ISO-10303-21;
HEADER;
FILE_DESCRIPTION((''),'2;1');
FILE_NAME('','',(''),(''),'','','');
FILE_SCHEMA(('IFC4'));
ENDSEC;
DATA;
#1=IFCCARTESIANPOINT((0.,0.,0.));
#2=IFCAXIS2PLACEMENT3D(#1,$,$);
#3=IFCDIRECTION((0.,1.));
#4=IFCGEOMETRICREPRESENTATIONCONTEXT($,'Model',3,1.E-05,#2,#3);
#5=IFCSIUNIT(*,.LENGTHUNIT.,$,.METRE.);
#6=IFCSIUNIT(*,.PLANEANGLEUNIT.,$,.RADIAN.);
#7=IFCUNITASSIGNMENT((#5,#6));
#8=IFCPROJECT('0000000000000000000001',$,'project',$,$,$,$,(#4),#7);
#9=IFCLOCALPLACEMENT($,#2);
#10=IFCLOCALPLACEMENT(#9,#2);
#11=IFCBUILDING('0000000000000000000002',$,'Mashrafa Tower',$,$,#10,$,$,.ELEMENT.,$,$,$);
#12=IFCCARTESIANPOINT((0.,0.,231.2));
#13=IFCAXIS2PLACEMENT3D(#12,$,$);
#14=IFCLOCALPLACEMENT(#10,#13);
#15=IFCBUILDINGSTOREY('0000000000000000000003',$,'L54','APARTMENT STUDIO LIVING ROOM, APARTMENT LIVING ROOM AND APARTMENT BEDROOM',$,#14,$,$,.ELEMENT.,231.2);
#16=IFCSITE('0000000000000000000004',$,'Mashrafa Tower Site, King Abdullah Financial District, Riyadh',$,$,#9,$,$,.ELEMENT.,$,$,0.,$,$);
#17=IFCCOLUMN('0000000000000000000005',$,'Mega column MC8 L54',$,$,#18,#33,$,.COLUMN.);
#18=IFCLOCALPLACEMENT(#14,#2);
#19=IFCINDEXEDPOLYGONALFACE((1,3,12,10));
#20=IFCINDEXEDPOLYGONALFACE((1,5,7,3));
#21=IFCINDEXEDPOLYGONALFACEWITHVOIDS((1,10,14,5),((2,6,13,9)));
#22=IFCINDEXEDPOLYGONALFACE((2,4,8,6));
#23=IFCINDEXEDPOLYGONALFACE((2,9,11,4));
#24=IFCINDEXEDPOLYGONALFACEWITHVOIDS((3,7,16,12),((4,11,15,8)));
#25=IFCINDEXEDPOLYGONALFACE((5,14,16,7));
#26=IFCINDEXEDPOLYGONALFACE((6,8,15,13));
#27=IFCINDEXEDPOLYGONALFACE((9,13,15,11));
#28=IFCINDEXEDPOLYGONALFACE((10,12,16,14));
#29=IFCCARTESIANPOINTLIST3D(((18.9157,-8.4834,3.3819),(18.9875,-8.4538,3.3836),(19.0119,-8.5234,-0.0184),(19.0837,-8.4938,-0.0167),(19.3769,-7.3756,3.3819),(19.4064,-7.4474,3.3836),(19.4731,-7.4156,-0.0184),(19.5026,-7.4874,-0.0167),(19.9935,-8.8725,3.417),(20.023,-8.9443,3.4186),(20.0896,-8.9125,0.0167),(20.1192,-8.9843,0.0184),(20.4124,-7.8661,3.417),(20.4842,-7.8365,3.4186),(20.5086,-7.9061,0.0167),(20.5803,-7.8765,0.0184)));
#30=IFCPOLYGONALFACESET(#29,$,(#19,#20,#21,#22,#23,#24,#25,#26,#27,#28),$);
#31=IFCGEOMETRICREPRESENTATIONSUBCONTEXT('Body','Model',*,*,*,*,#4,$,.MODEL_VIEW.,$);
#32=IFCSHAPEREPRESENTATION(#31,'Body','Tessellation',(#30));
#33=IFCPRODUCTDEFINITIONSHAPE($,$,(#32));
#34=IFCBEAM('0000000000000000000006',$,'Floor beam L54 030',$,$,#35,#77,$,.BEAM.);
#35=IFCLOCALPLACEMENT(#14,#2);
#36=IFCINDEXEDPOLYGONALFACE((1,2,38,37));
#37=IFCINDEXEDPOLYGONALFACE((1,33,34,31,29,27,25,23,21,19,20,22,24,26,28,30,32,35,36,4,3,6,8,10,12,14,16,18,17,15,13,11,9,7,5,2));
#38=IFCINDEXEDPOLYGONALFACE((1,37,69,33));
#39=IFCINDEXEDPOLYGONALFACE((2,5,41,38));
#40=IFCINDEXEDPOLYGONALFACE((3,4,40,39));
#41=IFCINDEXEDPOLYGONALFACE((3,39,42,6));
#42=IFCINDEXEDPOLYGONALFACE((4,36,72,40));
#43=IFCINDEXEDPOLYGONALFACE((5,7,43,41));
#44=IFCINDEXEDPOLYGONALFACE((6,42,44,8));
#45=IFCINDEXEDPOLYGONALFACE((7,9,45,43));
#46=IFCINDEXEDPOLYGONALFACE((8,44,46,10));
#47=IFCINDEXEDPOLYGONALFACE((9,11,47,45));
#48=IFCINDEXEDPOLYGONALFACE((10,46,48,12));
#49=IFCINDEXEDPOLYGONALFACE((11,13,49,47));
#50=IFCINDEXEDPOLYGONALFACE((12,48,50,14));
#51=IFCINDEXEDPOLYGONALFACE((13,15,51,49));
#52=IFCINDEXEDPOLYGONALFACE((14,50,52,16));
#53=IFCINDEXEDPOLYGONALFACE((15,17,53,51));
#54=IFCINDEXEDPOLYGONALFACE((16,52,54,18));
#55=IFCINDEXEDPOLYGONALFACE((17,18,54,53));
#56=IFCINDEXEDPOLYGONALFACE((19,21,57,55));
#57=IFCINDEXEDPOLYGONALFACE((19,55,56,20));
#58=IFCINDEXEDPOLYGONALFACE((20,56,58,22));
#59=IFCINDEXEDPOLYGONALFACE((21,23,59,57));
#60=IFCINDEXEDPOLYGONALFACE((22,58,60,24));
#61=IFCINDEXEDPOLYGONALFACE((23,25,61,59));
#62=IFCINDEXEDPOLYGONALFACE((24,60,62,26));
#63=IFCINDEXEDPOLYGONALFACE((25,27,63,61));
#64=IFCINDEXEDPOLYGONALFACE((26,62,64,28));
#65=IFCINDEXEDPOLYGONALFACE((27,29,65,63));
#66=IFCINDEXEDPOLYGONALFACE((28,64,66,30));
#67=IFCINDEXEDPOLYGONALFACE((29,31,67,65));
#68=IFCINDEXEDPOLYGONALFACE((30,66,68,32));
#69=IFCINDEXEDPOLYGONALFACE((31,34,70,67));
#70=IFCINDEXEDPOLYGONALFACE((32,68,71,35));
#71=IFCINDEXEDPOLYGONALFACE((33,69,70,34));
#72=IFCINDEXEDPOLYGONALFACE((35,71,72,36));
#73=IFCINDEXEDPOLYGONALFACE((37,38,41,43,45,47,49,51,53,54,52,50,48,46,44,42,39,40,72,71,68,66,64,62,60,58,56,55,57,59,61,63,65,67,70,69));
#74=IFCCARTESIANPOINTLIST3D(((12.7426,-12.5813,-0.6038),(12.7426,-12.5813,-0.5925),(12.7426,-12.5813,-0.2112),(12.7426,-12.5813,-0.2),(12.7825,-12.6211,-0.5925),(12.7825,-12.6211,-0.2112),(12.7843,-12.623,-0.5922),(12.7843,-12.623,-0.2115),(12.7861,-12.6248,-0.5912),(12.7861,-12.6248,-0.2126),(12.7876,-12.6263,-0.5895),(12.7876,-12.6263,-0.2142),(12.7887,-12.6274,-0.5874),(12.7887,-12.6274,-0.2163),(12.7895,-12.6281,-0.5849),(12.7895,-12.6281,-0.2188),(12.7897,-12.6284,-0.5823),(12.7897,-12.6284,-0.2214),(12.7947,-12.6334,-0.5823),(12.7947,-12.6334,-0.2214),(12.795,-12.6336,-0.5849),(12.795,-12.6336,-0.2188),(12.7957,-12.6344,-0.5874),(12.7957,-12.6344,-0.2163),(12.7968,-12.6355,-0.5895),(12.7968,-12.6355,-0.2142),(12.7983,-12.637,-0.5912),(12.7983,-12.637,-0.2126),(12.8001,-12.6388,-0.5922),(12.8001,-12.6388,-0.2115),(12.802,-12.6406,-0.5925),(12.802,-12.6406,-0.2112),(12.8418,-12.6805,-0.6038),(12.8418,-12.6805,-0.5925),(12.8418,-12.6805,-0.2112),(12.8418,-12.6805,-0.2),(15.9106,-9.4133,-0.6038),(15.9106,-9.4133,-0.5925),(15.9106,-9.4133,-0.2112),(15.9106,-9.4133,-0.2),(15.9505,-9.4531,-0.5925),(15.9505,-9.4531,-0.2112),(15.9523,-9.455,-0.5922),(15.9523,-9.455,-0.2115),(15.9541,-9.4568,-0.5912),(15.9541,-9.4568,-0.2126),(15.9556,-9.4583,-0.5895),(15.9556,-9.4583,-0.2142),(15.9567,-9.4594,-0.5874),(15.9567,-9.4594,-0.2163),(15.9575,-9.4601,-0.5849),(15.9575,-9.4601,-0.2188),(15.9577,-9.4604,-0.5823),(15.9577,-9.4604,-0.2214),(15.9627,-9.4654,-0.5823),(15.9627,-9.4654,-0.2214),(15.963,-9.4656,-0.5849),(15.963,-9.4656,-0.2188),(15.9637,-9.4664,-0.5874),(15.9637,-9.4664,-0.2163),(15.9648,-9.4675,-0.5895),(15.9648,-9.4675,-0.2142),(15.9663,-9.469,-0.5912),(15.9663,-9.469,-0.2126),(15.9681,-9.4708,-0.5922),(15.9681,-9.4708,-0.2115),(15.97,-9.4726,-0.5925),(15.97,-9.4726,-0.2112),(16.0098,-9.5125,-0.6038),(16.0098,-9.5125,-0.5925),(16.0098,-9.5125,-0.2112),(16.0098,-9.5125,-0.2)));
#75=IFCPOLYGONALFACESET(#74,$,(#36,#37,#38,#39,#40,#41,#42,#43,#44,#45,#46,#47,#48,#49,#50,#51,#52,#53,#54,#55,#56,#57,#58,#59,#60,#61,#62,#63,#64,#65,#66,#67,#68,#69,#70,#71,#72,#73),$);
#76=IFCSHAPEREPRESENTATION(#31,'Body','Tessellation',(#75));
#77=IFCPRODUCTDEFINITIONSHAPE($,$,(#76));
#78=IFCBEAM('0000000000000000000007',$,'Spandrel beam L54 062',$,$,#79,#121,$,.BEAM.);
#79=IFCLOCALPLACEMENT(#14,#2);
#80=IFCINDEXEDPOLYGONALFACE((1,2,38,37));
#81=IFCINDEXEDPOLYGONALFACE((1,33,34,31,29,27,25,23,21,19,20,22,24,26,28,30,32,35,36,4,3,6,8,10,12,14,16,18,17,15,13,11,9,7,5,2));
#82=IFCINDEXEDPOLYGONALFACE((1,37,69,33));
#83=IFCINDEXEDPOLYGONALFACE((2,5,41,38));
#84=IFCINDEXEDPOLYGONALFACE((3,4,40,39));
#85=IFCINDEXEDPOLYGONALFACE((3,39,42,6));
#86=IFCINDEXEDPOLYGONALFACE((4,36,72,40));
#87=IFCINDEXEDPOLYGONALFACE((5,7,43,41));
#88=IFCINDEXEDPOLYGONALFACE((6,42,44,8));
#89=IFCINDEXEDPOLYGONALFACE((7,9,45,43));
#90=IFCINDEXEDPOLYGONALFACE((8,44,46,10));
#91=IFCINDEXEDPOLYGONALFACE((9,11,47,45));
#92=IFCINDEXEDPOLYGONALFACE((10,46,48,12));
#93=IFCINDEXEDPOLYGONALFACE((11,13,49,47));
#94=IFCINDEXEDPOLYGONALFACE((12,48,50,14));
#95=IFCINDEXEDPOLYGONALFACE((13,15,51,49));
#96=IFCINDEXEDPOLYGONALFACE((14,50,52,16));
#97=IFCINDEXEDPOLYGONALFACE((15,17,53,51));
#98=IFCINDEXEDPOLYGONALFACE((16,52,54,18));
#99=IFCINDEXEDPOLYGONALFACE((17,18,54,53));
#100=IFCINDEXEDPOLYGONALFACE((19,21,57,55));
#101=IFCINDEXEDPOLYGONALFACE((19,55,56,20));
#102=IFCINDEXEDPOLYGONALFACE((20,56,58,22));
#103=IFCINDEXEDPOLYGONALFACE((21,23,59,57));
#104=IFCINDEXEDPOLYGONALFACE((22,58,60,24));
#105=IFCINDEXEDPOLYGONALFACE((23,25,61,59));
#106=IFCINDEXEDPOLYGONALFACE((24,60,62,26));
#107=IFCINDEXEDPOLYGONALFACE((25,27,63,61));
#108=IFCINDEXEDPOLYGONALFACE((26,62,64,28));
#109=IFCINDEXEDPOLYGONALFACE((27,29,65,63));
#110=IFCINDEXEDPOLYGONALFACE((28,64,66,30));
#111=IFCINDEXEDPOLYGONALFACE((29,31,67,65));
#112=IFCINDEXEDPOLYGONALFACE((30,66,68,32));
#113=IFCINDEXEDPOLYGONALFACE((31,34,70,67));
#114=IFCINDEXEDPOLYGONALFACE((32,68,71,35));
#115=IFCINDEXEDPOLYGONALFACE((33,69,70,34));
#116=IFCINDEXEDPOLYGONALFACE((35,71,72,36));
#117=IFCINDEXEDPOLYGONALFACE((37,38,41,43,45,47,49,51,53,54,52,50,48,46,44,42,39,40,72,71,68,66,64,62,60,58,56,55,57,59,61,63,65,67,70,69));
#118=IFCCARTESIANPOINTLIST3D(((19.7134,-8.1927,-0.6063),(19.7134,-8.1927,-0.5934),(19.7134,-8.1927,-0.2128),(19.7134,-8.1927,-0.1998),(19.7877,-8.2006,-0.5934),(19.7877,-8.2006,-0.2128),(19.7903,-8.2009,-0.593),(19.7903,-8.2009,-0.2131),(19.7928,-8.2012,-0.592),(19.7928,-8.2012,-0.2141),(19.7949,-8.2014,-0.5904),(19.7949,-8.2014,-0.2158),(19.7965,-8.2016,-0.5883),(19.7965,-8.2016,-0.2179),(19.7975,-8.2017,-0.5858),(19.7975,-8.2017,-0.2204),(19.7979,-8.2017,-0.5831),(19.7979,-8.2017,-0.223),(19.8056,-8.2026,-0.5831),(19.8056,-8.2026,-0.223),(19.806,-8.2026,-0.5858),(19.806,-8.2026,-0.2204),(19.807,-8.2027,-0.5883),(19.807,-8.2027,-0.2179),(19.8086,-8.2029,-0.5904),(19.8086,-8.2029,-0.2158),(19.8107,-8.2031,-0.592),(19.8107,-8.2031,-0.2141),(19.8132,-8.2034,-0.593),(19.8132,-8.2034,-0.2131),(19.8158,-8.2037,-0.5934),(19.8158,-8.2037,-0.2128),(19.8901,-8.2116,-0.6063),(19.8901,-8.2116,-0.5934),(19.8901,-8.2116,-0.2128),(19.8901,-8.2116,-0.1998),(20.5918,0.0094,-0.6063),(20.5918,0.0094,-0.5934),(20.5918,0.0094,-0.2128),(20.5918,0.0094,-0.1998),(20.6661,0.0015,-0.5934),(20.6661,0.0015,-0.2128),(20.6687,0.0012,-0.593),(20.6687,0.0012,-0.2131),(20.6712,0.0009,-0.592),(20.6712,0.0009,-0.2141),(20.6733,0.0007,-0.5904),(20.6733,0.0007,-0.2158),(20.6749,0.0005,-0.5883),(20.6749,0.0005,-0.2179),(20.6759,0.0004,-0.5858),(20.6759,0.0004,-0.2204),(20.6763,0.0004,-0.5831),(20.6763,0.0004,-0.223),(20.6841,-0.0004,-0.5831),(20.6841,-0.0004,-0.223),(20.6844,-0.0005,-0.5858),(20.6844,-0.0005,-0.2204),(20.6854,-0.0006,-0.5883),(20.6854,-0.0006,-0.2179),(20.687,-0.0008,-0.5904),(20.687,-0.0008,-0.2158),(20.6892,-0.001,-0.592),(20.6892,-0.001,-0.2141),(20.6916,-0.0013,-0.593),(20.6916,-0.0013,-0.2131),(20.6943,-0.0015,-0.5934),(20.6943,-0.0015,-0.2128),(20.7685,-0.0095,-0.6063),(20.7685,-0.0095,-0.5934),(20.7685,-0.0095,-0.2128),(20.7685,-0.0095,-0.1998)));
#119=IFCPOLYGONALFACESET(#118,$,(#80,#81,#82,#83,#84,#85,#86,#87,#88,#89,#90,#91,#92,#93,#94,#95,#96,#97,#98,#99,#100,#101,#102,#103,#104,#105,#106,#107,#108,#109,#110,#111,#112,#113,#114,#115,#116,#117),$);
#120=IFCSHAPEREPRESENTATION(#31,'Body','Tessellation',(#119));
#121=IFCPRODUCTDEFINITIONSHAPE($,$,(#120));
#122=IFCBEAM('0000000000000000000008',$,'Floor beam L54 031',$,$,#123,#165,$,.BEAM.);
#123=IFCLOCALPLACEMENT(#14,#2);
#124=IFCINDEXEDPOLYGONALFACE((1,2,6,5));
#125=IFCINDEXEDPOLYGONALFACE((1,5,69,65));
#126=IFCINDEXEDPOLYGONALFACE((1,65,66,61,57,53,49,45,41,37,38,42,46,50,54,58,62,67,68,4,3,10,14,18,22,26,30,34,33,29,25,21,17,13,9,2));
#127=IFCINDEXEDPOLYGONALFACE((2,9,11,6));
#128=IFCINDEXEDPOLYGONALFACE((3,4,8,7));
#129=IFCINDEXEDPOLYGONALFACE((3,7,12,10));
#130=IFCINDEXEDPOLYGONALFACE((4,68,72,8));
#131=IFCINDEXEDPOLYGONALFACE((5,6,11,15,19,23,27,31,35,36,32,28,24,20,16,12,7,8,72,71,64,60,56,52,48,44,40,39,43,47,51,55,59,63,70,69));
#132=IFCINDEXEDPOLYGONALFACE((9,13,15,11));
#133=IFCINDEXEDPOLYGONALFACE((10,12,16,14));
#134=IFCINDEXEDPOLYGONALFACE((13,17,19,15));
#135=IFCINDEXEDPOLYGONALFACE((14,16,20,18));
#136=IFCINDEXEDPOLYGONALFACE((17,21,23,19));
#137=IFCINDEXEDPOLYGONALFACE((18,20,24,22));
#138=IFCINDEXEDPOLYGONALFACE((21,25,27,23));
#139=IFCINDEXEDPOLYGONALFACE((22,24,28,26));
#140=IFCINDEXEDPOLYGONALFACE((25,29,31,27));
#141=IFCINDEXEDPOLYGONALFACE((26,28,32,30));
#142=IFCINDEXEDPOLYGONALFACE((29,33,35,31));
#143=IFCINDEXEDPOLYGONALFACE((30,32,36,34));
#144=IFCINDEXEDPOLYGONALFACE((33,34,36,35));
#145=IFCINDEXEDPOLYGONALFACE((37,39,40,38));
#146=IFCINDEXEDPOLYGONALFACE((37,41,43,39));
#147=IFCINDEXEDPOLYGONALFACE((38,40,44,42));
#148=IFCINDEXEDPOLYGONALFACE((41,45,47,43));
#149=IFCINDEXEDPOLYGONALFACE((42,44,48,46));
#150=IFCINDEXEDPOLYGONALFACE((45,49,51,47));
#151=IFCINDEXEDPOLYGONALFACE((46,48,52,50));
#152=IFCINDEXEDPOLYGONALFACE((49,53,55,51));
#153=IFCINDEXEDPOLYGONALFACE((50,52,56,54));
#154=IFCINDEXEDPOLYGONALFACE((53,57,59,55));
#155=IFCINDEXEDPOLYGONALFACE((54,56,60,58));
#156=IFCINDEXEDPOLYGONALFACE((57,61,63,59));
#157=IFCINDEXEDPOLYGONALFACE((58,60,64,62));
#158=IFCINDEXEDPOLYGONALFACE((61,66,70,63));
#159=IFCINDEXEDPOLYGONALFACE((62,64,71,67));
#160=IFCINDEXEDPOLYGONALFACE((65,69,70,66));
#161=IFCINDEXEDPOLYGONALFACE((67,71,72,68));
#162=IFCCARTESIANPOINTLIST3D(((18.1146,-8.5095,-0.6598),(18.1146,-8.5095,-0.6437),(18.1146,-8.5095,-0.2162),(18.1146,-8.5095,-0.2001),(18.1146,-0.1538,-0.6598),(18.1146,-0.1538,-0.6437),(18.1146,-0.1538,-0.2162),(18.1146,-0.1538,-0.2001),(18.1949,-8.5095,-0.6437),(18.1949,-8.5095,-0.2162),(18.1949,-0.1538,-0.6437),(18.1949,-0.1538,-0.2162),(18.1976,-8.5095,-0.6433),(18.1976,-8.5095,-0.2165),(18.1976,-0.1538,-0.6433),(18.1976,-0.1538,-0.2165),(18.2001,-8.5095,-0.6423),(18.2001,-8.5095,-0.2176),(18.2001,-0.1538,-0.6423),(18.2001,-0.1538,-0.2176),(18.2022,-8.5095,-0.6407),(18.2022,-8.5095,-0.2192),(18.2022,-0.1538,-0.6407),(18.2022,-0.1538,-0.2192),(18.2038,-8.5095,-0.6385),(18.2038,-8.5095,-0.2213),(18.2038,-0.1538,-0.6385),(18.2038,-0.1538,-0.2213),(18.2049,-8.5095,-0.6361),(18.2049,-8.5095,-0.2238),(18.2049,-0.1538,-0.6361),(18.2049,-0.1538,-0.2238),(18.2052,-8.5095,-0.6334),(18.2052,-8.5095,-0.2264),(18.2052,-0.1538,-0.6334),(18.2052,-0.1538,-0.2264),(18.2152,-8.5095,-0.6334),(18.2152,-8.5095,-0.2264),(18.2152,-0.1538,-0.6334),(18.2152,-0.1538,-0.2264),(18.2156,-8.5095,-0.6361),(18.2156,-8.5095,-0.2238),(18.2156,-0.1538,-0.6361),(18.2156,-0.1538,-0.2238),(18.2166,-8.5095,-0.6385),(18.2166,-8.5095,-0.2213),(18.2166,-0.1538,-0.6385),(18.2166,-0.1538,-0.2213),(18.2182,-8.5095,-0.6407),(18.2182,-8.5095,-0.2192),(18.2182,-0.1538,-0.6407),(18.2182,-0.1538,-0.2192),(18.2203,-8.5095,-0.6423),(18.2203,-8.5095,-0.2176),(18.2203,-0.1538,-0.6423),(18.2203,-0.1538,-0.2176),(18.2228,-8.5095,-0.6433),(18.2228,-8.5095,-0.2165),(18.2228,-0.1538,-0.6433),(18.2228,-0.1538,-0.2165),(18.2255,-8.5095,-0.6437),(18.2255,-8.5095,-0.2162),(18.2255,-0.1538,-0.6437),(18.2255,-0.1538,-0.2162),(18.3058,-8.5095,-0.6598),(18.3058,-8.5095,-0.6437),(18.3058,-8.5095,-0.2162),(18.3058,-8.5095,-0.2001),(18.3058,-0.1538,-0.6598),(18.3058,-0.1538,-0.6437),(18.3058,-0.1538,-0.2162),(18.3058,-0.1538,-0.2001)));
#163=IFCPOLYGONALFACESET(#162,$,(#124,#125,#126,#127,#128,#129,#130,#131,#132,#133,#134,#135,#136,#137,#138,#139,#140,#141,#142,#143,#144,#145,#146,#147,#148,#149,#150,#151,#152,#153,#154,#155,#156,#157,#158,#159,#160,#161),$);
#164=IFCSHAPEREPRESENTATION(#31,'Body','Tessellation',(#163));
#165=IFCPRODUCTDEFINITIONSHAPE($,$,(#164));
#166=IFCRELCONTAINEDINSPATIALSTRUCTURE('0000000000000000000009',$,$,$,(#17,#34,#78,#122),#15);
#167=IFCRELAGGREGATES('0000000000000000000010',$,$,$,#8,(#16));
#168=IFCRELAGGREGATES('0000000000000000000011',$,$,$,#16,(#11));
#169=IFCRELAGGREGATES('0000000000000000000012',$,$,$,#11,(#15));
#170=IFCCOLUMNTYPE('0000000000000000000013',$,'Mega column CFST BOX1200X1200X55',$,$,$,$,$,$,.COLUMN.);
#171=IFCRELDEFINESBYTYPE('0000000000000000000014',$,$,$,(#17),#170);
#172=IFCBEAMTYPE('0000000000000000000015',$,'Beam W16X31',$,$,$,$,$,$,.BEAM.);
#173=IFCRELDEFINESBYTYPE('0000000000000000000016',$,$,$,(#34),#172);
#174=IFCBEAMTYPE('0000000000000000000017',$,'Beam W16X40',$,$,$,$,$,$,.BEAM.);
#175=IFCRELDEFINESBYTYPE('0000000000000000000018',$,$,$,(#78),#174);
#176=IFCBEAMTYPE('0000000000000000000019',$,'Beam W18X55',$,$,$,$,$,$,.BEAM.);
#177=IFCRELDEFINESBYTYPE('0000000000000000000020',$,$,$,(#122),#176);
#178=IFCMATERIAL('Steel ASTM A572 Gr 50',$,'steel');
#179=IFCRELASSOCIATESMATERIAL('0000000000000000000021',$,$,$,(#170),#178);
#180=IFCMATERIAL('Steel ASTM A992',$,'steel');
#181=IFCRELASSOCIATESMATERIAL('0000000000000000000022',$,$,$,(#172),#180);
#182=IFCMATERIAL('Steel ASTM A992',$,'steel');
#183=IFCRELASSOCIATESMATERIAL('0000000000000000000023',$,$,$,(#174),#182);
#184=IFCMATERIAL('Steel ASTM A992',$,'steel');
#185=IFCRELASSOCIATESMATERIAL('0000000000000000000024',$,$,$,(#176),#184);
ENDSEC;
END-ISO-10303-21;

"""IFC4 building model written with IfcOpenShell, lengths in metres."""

from ifc_helpers import new_model, si_unit, direction, frame, origin, origin_2d, place, context, subcontext, project, spatial, hollow_rectangle, i_section, extrude, material, material_profile, profile_set, type_object, element, save


model = new_model("IFC4")

# Units and contexts
model_context = context("Model", 3, precision=1e-05, world=origin(), true_north=direction((0.0, 1.0)))
body_context = subcontext(model_context, "Body", "Model", "MODEL_VIEW")
ifc_project = project(units=[si_unit("LENGTHUNIT", "METRE"), si_unit("PLANEANGLEUNIT", "RADIAN")], contexts=[model_context])

# Site, building, storey
site_placement = place(None, origin())
site = spatial("IfcSite", under=ifc_project, at=site_placement, Name="Mashrafa Tower Site, King Abdullah Financial District, Riyadh", CompositionType="ELEMENT", RefElevation=0.0)
building_placement = place(site_placement, origin())
building = spatial("IfcBuilding", under=site, at=building_placement, Name="Mashrafa Tower", CompositionType="ELEMENT")
storey_placement = place(building_placement, frame((0.0, 0.0, 231.2)))
storey = spatial("IfcBuildingStorey", under=building, at=storey_placement, Name="L54", Description="APARTMENT STUDIO LIVING ROOM, APARTMENT LIVING ROOM AND APARTMENT BEDROOM", CompositionType="ELEMENT", Elevation=231.2)

# Column
ifc_material_1 = material(Name="Steel ASTM A572 Gr 50", Category="steel")
ifc_material_profile_1 = material_profile(ifc_material_1, hollow_rectangle(XDim=1.2, YDim=1.2, WallThickness=0.0549, at=origin_2d()), Name="BOX1200X1200X55")
ifc_profile_set_1 = profile_set([ifc_material_profile_1], Name="Steel ASTM A572 Gr 50")
column_type = type_object("IfcColumnType", Name="Mega column CFST BOX1200X1200X55", PredefinedType="COLUMN", material=ifc_profile_set_1)
column_placement = place(storey_placement, frame((19.7961, -8.2, 0.0), z_axis=(-0.028277, 0.01177, 0.999531), x_axis=(-0.384283, -0.923216, 0.0)))
element("IfcColumn", 1, at=column_placement, inside=storey, type_object=column_type, Name="Mega column MC8 L54", PredefinedType="COLUMN", context=body_context, shape_type="SweptSolid", body=[
    extrude(hollow_rectangle(XDim=1.2, YDim=1.2, WallThickness=0.0549, at=origin_2d()), origin(), (0.0, 0.0, 1.0), 3.4019),
])

# Beams
ifc_material_2 = material(Name="Steel ASTM A992", Category="steel")
ifc_material_profile_2 = material_profile(ifc_material_2, i_section(OverallWidth=0.1404, OverallDepth=0.4038, WebThickness=0.0071, FlangeThickness=0.0112, FilletRadius=0.0103, at=origin_2d()), Name="W16X31")
ifc_profile_set_2 = profile_set([ifc_material_profile_2], Name="Steel ASTM A992")
beam_type_1 = type_object("IfcBeamType", Name="Beam W16X31", PredefinedType="BEAM", material=ifc_profile_set_2)
beam_1_placement = place(storey_placement, frame((15.9602, -9.4629, -0.4019), z_axis=(-0.707107, -0.707107, 0.0), x_axis=(0.707107, -0.707107, 0.0)))
element("IfcBeam", 2, at=beam_1_placement, inside=storey, type_object=beam_type_1, Name="Floor beam L54 030", PredefinedType="BEAM", context=body_context, shape_type="SweptSolid", body=[
    extrude(i_section(OverallWidth=0.1404, OverallDepth=0.4038, WebThickness=0.0071, FlangeThickness=0.0112, FilletRadius=0.0103, at=origin_2d()), origin(), (0.0, 0.0, 1.0), 4.4802),
])
ifc_material_3 = material(Name="Steel ASTM A992", Category="steel")
ifc_material_profile_3 = material_profile(ifc_material_3, i_section(OverallWidth=0.1777, OverallDepth=0.4065, WebThickness=0.0078, FlangeThickness=0.0129, FilletRadius=0.0103, at=origin_2d()), Name="W16X40")
ifc_profile_set_3 = profile_set([ifc_material_profile_3], Name="Steel ASTM A992")
beam_type_2 = type_object("IfcBeamType", Name="Beam W16X40", PredefinedType="BEAM", material=ifc_profile_set_3)
beam_2_placement = place(storey_placement, frame((19.8018, -8.2021, -0.4031), z_axis=(0.106487, 0.994314, 0.0), x_axis=(-0.994314, 0.106487, 0.0)))
element("IfcBeam", 3, at=beam_2_placement, inside=storey, type_object=beam_type_2, Name="Spandrel beam L54 062", PredefinedType="BEAM", context=body_context, shape_type="SweptSolid", body=[
    extrude(i_section(OverallWidth=0.1777, OverallDepth=0.4065, WebThickness=0.0078, FlangeThickness=0.0129, FilletRadius=0.0103, at=origin_2d()), origin(), (0.0, 0.0, 1.0), 8.249),
])
ifc_material_4 = material(Name="Steel ASTM A992", Category="steel")
ifc_material_profile_4 = material_profile(ifc_material_4, i_section(OverallWidth=0.1912, OverallDepth=0.4597, WebThickness=0.01, FlangeThickness=0.0161, FilletRadius=0.0103, at=origin_2d()), Name="W18X55")
ifc_profile_set_4 = profile_set([ifc_material_profile_4], Name="Steel ASTM A992")
beam_type_3 = type_object("IfcBeamType", Name="Beam W18X55", PredefinedType="BEAM", material=ifc_profile_set_4)
beam_3_placement = place(storey_placement, frame((18.2102, -0.1538, -0.4299), z_axis=(0.0, -1.0, 0.0), x_axis=(1.0, 0.0, 0.0)))
element("IfcBeam", 4, at=beam_3_placement, inside=storey, type_object=beam_type_3, Name="Floor beam L54 031", PredefinedType="BEAM", context=body_context, shape_type="SweptSolid", body=[
    extrude(i_section(OverallWidth=0.1912, OverallDepth=0.4597, WebThickness=0.01, FlangeThickness=0.0161, FilletRadius=0.0103, at=origin_2d()), origin(), (0.0, 0.0, 1.0), 8.3557),
])

save(model, "model.ifc")
